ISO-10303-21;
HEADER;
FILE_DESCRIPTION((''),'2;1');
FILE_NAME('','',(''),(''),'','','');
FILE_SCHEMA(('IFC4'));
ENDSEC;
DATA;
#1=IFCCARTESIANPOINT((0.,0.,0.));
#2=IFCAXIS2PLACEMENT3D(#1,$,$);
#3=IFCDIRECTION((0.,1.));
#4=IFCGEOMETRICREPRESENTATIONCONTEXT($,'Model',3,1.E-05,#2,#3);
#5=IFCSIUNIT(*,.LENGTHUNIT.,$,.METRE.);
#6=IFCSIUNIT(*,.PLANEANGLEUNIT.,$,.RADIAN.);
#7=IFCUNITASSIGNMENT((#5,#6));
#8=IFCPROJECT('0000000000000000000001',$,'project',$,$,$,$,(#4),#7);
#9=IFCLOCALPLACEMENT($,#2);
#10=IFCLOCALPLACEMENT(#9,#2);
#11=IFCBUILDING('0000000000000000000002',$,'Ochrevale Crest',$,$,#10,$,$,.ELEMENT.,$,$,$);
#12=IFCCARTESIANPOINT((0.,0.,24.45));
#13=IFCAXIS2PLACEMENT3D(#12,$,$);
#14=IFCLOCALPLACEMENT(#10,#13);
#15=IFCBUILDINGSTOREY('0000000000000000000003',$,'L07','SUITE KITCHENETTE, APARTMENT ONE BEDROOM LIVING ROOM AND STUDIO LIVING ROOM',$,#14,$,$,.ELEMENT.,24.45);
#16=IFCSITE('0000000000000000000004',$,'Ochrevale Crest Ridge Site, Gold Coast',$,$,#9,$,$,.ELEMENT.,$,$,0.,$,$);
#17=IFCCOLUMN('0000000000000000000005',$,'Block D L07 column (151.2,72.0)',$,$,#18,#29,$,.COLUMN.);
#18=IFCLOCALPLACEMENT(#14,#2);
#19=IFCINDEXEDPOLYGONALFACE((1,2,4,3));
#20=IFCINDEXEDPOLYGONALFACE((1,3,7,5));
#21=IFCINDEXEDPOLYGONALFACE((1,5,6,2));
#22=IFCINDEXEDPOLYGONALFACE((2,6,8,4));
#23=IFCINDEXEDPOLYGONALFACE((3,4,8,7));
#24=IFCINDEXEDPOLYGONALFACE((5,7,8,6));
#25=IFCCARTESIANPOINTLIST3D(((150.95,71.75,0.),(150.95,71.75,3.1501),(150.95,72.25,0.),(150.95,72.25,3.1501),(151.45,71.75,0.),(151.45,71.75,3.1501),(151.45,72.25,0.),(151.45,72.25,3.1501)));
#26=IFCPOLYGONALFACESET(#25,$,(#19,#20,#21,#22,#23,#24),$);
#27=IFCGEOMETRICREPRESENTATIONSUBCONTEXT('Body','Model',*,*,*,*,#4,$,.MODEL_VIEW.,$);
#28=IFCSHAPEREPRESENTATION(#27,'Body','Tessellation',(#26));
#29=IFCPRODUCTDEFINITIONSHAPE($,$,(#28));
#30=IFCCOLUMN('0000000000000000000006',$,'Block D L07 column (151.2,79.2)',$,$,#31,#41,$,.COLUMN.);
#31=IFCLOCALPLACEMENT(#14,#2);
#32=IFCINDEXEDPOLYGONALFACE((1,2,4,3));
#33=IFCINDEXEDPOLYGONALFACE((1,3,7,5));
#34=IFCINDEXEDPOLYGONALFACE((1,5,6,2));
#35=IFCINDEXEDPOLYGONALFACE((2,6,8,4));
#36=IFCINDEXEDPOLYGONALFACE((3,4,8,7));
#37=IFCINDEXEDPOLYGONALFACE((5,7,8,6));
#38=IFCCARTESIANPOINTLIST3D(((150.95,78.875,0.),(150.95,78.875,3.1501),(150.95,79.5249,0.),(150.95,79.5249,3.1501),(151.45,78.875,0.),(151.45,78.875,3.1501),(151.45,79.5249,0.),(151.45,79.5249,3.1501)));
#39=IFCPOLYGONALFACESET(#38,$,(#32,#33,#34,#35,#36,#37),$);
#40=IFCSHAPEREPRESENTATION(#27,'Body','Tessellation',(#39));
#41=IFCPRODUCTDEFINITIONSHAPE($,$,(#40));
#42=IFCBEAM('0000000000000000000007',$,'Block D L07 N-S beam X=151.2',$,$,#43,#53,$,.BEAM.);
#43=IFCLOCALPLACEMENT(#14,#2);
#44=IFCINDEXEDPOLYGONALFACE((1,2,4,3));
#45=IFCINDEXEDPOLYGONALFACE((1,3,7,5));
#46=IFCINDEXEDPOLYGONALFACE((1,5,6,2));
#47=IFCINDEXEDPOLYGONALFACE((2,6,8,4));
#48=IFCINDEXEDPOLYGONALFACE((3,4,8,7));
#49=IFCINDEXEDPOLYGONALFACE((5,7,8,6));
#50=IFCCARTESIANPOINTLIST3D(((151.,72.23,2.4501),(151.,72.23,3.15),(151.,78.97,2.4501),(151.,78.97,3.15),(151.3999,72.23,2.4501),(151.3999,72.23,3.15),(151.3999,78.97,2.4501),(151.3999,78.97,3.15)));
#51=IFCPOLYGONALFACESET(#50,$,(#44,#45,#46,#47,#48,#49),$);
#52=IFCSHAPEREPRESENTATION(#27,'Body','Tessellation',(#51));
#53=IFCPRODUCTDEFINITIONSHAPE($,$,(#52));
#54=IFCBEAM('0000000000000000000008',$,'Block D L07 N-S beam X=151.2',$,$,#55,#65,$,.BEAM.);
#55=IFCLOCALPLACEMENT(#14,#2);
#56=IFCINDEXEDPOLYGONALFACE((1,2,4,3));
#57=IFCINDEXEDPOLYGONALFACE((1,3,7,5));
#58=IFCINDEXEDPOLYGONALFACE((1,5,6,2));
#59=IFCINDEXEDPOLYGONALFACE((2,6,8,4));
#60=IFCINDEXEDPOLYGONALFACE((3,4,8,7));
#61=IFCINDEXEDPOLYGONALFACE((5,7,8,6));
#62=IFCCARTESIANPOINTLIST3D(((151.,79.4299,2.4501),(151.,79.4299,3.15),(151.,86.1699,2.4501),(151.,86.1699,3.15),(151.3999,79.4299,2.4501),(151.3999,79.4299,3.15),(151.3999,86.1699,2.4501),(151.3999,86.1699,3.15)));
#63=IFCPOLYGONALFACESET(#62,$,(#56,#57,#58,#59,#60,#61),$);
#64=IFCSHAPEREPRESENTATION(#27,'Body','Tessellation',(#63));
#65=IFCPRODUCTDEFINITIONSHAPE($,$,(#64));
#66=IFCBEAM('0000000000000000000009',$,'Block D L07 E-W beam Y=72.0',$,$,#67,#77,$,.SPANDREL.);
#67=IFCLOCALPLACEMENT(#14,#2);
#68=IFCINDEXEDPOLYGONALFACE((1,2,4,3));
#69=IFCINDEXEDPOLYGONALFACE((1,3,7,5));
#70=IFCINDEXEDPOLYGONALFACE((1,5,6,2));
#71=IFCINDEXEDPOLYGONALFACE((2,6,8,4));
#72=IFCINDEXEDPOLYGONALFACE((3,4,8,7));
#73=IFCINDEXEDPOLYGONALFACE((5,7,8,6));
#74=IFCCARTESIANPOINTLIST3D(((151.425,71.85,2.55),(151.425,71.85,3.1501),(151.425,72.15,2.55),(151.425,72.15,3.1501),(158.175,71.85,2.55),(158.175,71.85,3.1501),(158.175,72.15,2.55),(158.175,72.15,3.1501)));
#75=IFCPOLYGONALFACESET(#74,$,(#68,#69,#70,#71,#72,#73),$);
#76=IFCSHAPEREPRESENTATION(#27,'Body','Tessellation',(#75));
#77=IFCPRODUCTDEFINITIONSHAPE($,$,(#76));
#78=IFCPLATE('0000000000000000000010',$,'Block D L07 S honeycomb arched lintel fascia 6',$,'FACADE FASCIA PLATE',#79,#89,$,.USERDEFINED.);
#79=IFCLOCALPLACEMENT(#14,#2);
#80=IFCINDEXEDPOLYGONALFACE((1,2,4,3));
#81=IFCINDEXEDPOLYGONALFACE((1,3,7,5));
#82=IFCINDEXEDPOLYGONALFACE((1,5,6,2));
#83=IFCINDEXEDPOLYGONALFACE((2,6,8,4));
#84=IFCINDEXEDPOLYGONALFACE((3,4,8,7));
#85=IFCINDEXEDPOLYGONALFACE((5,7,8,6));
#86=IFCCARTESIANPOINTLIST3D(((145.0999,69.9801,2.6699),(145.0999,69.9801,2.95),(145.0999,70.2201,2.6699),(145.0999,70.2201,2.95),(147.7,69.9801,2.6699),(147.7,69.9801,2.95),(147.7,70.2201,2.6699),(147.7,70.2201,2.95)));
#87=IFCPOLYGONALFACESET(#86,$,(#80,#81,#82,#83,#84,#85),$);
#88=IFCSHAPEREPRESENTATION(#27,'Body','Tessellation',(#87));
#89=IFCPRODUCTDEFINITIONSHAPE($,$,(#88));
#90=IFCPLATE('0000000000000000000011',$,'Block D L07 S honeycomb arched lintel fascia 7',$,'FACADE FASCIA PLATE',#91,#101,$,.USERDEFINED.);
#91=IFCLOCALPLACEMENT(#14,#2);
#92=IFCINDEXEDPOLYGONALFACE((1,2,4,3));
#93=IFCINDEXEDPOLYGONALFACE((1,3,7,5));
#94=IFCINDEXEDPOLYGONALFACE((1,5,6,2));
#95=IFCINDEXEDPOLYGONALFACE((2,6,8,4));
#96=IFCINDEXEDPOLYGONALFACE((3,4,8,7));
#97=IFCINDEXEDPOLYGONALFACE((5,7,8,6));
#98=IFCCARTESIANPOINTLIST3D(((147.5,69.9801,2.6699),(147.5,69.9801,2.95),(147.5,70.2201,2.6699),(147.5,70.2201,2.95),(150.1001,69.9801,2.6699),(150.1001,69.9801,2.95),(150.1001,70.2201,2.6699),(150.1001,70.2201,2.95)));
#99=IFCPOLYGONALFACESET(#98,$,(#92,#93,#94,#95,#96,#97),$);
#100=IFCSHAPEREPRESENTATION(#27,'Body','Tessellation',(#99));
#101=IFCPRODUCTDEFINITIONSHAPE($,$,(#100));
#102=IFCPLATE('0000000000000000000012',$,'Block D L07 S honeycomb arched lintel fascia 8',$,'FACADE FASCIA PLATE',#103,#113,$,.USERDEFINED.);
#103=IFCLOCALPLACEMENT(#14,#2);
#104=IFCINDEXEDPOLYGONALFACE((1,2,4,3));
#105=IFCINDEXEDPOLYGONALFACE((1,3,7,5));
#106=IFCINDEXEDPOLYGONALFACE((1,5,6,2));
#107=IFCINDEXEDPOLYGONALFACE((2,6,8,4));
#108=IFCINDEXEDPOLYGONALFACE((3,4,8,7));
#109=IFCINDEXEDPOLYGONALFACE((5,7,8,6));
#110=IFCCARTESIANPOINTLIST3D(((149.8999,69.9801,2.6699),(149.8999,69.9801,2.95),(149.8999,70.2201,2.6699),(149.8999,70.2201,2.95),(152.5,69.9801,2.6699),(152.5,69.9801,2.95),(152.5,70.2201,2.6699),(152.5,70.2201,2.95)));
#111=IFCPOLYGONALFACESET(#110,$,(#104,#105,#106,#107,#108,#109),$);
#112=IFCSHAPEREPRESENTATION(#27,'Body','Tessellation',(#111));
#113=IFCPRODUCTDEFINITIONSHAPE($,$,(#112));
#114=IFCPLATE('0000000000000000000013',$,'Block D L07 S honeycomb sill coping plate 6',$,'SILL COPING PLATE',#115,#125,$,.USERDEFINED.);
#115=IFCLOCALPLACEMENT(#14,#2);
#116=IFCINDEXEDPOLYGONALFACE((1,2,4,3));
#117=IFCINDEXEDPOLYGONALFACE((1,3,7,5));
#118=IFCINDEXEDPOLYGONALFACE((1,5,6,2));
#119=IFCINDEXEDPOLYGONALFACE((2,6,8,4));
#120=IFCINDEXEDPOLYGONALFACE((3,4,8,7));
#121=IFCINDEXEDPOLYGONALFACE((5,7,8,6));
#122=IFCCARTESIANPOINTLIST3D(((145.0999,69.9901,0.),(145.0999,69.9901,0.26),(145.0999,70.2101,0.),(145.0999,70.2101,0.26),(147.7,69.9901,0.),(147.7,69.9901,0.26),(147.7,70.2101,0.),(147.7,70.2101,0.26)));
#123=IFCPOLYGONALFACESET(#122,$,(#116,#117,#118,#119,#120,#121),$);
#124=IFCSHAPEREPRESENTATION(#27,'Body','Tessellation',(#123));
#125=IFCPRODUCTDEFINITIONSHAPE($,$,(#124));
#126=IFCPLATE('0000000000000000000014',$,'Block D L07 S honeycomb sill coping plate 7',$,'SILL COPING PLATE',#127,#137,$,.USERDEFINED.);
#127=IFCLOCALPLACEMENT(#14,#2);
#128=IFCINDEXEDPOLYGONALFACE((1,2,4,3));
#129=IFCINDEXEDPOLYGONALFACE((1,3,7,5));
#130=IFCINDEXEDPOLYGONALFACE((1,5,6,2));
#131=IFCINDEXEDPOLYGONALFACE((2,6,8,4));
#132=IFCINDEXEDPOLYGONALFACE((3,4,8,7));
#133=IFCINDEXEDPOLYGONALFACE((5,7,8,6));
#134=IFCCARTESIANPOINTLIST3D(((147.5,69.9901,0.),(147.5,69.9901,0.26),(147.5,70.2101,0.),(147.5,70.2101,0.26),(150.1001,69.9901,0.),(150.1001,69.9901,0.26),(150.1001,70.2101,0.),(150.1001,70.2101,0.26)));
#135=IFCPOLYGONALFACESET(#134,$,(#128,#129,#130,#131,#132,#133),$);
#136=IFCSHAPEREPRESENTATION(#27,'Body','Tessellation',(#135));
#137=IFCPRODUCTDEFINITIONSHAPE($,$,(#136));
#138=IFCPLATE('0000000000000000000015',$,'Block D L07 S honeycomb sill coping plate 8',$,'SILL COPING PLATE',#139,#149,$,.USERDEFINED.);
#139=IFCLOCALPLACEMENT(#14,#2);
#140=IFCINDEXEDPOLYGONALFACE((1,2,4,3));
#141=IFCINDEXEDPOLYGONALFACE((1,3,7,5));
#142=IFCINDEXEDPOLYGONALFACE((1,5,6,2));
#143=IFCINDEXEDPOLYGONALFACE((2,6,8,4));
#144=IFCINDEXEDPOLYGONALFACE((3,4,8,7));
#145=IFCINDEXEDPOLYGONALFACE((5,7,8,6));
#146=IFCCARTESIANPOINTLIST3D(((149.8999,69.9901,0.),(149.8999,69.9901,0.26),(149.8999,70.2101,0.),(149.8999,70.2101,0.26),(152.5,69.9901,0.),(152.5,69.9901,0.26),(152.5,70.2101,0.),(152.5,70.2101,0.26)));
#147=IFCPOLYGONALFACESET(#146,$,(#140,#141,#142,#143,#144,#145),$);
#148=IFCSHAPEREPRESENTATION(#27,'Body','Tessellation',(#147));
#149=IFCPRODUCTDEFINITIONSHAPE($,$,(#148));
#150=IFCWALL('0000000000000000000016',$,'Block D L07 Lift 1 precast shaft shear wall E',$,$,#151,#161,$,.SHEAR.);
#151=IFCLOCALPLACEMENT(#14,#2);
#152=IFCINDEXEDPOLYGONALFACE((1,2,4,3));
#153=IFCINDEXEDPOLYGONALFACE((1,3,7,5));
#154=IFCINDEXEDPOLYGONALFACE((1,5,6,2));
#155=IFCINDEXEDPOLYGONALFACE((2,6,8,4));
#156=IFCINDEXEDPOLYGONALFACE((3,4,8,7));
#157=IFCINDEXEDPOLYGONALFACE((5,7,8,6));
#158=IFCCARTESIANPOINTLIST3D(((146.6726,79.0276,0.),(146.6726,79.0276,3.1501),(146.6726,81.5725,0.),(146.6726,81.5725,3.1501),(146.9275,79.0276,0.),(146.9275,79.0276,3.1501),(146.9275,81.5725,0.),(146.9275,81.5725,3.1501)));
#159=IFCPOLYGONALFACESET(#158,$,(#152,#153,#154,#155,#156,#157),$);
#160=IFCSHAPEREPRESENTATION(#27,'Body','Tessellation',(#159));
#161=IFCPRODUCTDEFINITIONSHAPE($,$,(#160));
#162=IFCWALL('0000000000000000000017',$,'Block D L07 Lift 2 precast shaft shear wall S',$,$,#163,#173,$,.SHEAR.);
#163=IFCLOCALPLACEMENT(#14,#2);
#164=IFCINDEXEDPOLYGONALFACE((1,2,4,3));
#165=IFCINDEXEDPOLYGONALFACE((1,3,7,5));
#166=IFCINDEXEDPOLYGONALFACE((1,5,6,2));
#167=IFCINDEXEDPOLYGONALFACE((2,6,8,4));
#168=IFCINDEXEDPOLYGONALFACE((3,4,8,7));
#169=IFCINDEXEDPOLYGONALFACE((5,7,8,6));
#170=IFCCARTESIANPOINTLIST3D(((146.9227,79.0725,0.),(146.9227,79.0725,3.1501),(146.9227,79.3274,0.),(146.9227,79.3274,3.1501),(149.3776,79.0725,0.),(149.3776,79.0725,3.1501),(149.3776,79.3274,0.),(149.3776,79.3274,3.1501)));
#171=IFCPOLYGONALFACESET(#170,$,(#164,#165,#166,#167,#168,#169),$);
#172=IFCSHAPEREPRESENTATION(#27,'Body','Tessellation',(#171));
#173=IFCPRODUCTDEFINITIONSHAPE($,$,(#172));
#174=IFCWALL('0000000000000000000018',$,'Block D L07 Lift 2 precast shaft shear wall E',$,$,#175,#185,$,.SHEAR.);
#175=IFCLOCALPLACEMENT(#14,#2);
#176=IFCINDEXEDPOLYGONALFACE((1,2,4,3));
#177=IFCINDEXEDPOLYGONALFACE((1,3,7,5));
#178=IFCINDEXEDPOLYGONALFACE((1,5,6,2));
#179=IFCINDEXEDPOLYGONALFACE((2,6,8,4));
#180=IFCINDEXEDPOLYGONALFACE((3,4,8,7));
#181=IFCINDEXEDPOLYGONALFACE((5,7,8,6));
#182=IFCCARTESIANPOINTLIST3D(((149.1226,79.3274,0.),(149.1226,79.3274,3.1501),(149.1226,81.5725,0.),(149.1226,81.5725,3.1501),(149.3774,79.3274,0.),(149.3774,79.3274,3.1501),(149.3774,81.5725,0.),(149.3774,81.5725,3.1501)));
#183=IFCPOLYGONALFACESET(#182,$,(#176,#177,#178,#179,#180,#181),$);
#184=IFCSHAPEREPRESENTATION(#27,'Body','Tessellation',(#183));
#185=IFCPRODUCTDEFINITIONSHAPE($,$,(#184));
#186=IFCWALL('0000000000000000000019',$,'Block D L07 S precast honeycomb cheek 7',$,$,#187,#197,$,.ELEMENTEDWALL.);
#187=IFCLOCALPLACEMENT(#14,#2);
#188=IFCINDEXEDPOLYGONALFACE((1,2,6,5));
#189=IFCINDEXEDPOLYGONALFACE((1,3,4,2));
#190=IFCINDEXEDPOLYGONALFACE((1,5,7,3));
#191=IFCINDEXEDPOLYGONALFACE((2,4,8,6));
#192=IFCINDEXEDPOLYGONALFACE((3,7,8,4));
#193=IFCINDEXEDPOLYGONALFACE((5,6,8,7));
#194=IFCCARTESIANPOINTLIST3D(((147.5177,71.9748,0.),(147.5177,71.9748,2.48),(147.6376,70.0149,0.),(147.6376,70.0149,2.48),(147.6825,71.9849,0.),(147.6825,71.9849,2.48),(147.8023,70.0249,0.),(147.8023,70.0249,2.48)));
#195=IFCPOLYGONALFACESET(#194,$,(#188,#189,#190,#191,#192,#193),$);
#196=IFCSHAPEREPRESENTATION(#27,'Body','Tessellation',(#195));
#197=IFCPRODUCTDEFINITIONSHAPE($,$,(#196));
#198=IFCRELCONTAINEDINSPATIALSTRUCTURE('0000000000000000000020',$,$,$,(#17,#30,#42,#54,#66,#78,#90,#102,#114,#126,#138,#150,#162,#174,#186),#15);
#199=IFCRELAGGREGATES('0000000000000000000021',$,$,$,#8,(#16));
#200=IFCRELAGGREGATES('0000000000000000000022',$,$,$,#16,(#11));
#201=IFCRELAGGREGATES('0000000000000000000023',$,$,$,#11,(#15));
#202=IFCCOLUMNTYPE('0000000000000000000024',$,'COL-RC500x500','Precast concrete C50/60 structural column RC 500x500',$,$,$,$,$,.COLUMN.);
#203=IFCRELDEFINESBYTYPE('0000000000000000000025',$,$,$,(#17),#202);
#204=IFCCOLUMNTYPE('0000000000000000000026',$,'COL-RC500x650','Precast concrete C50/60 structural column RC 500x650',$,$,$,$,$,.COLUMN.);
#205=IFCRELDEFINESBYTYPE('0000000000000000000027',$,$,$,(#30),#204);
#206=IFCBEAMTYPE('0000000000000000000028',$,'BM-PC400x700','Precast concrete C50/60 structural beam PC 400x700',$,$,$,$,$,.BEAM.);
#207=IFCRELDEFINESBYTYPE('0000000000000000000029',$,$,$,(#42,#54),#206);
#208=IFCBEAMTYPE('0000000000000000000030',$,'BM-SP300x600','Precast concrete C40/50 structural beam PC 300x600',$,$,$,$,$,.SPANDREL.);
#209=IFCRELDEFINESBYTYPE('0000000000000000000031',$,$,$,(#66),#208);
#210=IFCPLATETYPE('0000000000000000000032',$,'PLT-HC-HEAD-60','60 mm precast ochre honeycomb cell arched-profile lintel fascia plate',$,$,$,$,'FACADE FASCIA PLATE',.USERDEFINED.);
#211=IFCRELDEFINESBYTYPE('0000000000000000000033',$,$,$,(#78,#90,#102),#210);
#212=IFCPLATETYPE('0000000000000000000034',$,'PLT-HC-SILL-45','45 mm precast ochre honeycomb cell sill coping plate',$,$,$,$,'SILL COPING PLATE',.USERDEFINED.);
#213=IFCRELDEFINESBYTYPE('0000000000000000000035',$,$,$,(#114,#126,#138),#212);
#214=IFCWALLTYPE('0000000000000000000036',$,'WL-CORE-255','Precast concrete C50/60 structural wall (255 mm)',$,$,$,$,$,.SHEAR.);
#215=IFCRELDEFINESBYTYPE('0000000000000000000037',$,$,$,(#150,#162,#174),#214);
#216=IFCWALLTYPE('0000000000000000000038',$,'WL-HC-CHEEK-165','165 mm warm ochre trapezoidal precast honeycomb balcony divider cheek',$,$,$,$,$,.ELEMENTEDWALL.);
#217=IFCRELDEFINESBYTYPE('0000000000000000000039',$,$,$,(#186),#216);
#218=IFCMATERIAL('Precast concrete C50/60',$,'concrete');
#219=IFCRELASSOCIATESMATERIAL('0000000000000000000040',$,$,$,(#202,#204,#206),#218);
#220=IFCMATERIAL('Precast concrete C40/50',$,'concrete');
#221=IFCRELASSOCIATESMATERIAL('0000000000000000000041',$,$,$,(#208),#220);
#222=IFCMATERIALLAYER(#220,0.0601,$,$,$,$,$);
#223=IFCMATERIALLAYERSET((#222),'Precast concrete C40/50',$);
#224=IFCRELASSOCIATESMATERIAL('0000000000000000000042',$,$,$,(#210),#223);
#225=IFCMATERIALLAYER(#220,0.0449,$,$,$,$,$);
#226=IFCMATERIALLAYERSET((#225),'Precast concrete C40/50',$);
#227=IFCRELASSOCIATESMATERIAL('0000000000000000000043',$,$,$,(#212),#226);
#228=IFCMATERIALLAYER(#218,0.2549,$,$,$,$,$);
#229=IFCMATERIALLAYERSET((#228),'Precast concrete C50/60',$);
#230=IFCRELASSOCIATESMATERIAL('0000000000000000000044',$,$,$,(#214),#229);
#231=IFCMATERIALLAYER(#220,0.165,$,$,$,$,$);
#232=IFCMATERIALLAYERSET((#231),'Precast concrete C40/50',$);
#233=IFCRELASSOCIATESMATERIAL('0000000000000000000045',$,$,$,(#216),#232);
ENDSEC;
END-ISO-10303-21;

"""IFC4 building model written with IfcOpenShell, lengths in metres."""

from ifc_helpers import new_model, si_unit, direction, frame, frame_2d, origin, origin_2d, place, context, subcontext, project, spatial, rectangle, extrude, material, layer, layer_set, material_profile, profile_set, type_object, element, save


model = new_model("IFC4")

# Units and contexts
model_context = context("Model", 3, precision=1e-05, world=origin(), true_north=direction((0.0, 1.0)))
body_context = subcontext(model_context, "Body", "Model", "MODEL_VIEW")
ifc_project = project(units=[si_unit("LENGTHUNIT", "METRE"), si_unit("PLANEANGLEUNIT", "RADIAN")], contexts=[model_context])

# Site, building, storey
site_placement = place(None, origin())
site = spatial("IfcSite", under=ifc_project, at=site_placement, Name="Ochrevale Crest Ridge Site, Gold Coast", CompositionType="ELEMENT", RefElevation=0.0)
building_placement = place(site_placement, origin())
building = spatial("IfcBuilding", under=site, at=building_placement, Name="Ochrevale Crest", CompositionType="ELEMENT")
storey_placement = place(building_placement, frame((0.0, 0.0, 24.45)))
storey = spatial("IfcBuildingStorey", under=building, at=storey_placement, Name="L07", Description="SUITE KITCHENETTE, APARTMENT ONE BEDROOM LIVING ROOM AND STUDIO LIVING ROOM", CompositionType="ELEMENT", Elevation=24.45)

# Columns
ifc_material_1 = material(Name="Precast concrete C50/60", Category="concrete")
ifc_material_profile_1 = material_profile(ifc_material_1, rectangle(XDim=0.5, YDim=0.5, at=origin_2d()), Name="RC 500x500")
ifc_profile_set_1 = profile_set([ifc_material_profile_1], Name="Precast concrete C50/60")
column_type_1 = type_object("IfcColumnType", Name="COL-RC500x500", Description="Precast concrete C50/60 structural column RC 500x500", PredefinedType="COLUMN", material=ifc_profile_set_1)
column_1_placement = place(storey_placement, frame((151.2, 72.0, 0.0), z_axis=(0.0, 0.0, 1.0), x_axis=(1.0, 0.0, 0.0)))
element("IfcColumn", 1, at=column_1_placement, inside=storey, type_object=column_type_1, Name="Block D L07 column (151.2,72.0)", PredefinedType="COLUMN", context=body_context, shape_type="SweptSolid", body=[
    extrude(rectangle(XDim=0.5, YDim=0.5, at=origin_2d()), origin(), (0.0, 0.0, 1.0), 3.1501),
])
ifc_material_profile_2 = material_profile(ifc_material_1, rectangle(XDim=0.5, YDim=0.6499, at=origin_2d()), Name="RC 500x650")
ifc_profile_set_2 = profile_set([ifc_material_profile_2], Name="Precast concrete C50/60")
column_type_2 = type_object("IfcColumnType", Name="COL-RC500x650", Description="Precast concrete C50/60 structural column RC 500x650", PredefinedType="COLUMN", material=ifc_profile_set_2)
column_2_placement = place(storey_placement, frame((151.2, 79.2, 0.0), z_axis=(0.0, 0.0, 1.0), x_axis=(1.0, 0.0, 0.0)))
element("IfcColumn", 2, at=column_2_placement, inside=storey, type_object=column_type_2, Name="Block D L07 column (151.2,79.2)", PredefinedType="COLUMN", context=body_context, shape_type="SweptSolid", body=[
    extrude(rectangle(XDim=0.5, YDim=0.6499, at=origin_2d()), origin(), (0.0, 0.0, 1.0), 3.1501),
])

# Beams
ifc_material_profile_3 = material_profile(ifc_material_1, rectangle(XDim=0.3999, YDim=0.7, at=origin_2d()), Name="PC 400x700")
ifc_profile_set_3 = profile_set([ifc_material_profile_3], Name="Precast concrete C50/60")
beam_type_1 = type_object("IfcBeamType", Name="BM-PC400x700", Description="Precast concrete C50/60 structural beam PC 400x700", PredefinedType="BEAM", material=ifc_profile_set_3)
for number, where, z_axis, x_axis, name in (
    (3, (151.2, 72.23, 2.8), (0.0, 1.0, 0.0), (-1.0, 0.0, 0.0), "Block D L07 N-S beam X=151.2"),
    (4, (151.2, 79.4299, 2.8), (0.0, 1.0, 0.0), (-1.0, 0.0, 0.0), "Block D L07 N-S beam X=151.2"),
):
    element("IfcBeam", number, at=place(storey_placement, frame(where, z_axis=z_axis, x_axis=x_axis)), inside=storey, type_object=beam_type_1, Name=name, PredefinedType="BEAM", context=body_context, shape_type="SweptSolid", body=[
        extrude(rectangle(XDim=0.3999, YDim=0.7, at=origin_2d()), origin(), (0.0, 0.0, 1.0), 6.74),
    ])
ifc_material_2 = material(Name="Precast concrete C40/50", Category="concrete")
ifc_material_profile_4 = material_profile(ifc_material_2, rectangle(XDim=0.3, YDim=0.6001, at=origin_2d()), Name="PC 300x600")
ifc_profile_set_4 = profile_set([ifc_material_profile_4], Name="Precast concrete C40/50")
beam_type_2 = type_object("IfcBeamType", Name="BM-SP300x600", Description="Precast concrete C40/50 structural beam PC 300x600", PredefinedType="SPANDREL", material=ifc_profile_set_4)
beam_placement = place(storey_placement, frame((151.425, 72.0, 2.8501), z_axis=(1.0, 0.0, 0.0), x_axis=(0.0, 1.0, 0.0)))
element("IfcBeam", 5, at=beam_placement, inside=storey, type_object=beam_type_2, Name="Block D L07 E-W beam Y=72.0", PredefinedType="SPANDREL", context=body_context, shape_type="SweptSolid", body=[
    extrude(rectangle(XDim=0.3, YDim=0.6001, at=origin_2d()), origin(), (0.0, 0.0, 1.0), 6.75),
])

# Plates
ifc_layer_1 = layer(ifc_material_2, 0.0601)
ifc_layer_set_1 = layer_set([ifc_layer_1], Name="Precast concrete C40/50")
plate_type_1 = type_object("IfcPlateType", Name="PLT-HC-HEAD-60", Description="60 mm precast ochre honeycomb cell arched-profile lintel fascia plate", ElementType="FACADE FASCIA PLATE", PredefinedType="USERDEFINED", material=ifc_layer_set_1)
for number, where, z_axis, x_axis, name in (
    (6, (146.3999, 70.1001, 2.6699), (0.0, 0.0, 1.0), (1.0, 0.0, 0.0), "Block D L07 S honeycomb arched lintel fascia 6"),
    (7, (148.8, 70.1001, 2.6699), (0.0, 0.0, 1.0), (1.0, 0.0, 0.0), "Block D L07 S honeycomb arched lintel fascia 7"),
    (8, (151.2, 70.1001, 2.6699), (0.0, 0.0, 1.0), (1.0, 0.0, 0.0), "Block D L07 S honeycomb arched lintel fascia 8"),
):
    element("IfcPlate", number, at=place(storey_placement, frame(where, z_axis=z_axis, x_axis=x_axis)), inside=storey, type_object=plate_type_1, Name=name, ObjectType="FACADE FASCIA PLATE", PredefinedType="USERDEFINED", context=body_context, shape_type="SweptSolid", body=[
        extrude(rectangle(XDim=2.6001, YDim=0.24, at=origin_2d()), origin(), (0.0, 0.0, 1.0), 0.28),
    ])
ifc_layer_2 = layer(ifc_material_2, 0.0449)
ifc_layer_set_2 = layer_set([ifc_layer_2], Name="Precast concrete C40/50")
plate_type_2 = type_object("IfcPlateType", Name="PLT-HC-SILL-45", Description="45 mm precast ochre honeycomb cell sill coping plate", ElementType="SILL COPING PLATE", PredefinedType="USERDEFINED", material=ifc_layer_set_2)
for number, where, z_axis, x_axis, name in (
    (9, (146.3999, 70.1001, 0.0), (0.0, 0.0, 1.0), (1.0, 0.0, 0.0), "Block D L07 S honeycomb sill coping plate 6"),
    (10, (148.8, 70.1001, 0.0), (0.0, 0.0, 1.0), (1.0, 0.0, 0.0), "Block D L07 S honeycomb sill coping plate 7"),
    (11, (151.2, 70.1001, 0.0), (0.0, 0.0, 1.0), (1.0, 0.0, 0.0), "Block D L07 S honeycomb sill coping plate 8"),
):
    element("IfcPlate", number, at=place(storey_placement, frame(where, z_axis=z_axis, x_axis=x_axis)), inside=storey, type_object=plate_type_2, Name=name, ObjectType="SILL COPING PLATE", PredefinedType="USERDEFINED", context=body_context, shape_type="SweptSolid", body=[
        extrude(rectangle(XDim=2.6001, YDim=0.22, at=origin_2d()), origin(), (0.0, 0.0, 1.0), 0.26),
    ])

# Walls
ifc_layer_3 = layer(ifc_material_1, 0.2549)
ifc_layer_set_3 = layer_set([ifc_layer_3], Name="Precast concrete C50/60")
wall_type_1 = type_object("IfcWallType", Name="WL-CORE-255", Description="Precast concrete C50/60 structural wall (255 mm)", PredefinedType="SHEAR", material=ifc_layer_set_3)
wall_1_placement = place(storey_placement, frame((146.8, 79.0276, 0.0), z_axis=(0.0, 0.0, 1.0), x_axis=(0.0, 1.0, 0.0)))
element("IfcWall", 12, at=wall_1_placement, inside=storey, type_object=wall_type_1, Name="Block D L07 Lift 1 precast shaft shear wall E", PredefinedType="SHEAR", context=body_context, shape_type="SweptSolid", body=[
    extrude(rectangle(XDim=2.5449, YDim=0.2549, at=frame_2d((1.2725, 0.0))), origin(), (0.0, 0.0, 1.0), 3.1501),
])
wall_2_placement = place(storey_placement, frame((146.9226, 79.2, 0.0), z_axis=(0.0, 0.0, 1.0), x_axis=(1.0, 0.0, 0.0)))
element("IfcWall", 13, at=wall_2_placement, inside=storey, type_object=wall_type_1, Name="Block D L07 Lift 2 precast shaft shear wall S", PredefinedType="SHEAR", context=body_context, shape_type="SweptSolid", body=[
    extrude(rectangle(XDim=2.4548, YDim=0.2549, at=frame_2d((1.2275, 0.0))), origin(), (0.0, 0.0, 1.0), 3.1501),
])
wall_3_placement = place(storey_placement, frame((149.25, 79.3274, 0.0), z_axis=(0.0, 0.0, 1.0), x_axis=(0.0, 1.0, 0.0)))
element("IfcWall", 14, at=wall_3_placement, inside=storey, type_object=wall_type_1, Name="Block D L07 Lift 2 precast shaft shear wall E", PredefinedType="SHEAR", context=body_context, shape_type="SweptSolid", body=[
    extrude(rectangle(XDim=2.2451, YDim=0.2549, at=frame_2d((1.1226, 0.0))), origin(), (0.0, 0.0, 1.0), 3.1501),
])
ifc_layer_4 = layer(ifc_material_2, 0.165)
ifc_layer_set_4 = layer_set([ifc_layer_4], Name="Precast concrete C40/50")
wall_type_2 = type_object("IfcWallType", Name="WL-HC-CHEEK-165", Description="165 mm warm ochre trapezoidal precast honeycomb balcony divider cheek", PredefinedType="ELEMENTEDWALL", material=ifc_layer_set_4)
for number, where, z_axis, x_axis, name in (
    (15, (147.6001, 71.98, 0.0), (0.0, 0.0, 1.0), (0.061047, -0.998135, 0.0), "Block D L07 S precast honeycomb cheek 7"),
):
    element("IfcWall", number, at=place(storey_placement, frame(where, z_axis=z_axis, x_axis=x_axis)), inside=storey, type_object=wall_type_2, Name=name, PredefinedType="ELEMENTEDWALL", context=body_context, shape_type="SweptSolid", body=[
        extrude(rectangle(XDim=1.9636, YDim=0.165, at=frame_2d((0.9819, 0.0))), origin(), (0.0, 0.0, 1.0), 2.48),
    ])

save(model, "model.ifc")
